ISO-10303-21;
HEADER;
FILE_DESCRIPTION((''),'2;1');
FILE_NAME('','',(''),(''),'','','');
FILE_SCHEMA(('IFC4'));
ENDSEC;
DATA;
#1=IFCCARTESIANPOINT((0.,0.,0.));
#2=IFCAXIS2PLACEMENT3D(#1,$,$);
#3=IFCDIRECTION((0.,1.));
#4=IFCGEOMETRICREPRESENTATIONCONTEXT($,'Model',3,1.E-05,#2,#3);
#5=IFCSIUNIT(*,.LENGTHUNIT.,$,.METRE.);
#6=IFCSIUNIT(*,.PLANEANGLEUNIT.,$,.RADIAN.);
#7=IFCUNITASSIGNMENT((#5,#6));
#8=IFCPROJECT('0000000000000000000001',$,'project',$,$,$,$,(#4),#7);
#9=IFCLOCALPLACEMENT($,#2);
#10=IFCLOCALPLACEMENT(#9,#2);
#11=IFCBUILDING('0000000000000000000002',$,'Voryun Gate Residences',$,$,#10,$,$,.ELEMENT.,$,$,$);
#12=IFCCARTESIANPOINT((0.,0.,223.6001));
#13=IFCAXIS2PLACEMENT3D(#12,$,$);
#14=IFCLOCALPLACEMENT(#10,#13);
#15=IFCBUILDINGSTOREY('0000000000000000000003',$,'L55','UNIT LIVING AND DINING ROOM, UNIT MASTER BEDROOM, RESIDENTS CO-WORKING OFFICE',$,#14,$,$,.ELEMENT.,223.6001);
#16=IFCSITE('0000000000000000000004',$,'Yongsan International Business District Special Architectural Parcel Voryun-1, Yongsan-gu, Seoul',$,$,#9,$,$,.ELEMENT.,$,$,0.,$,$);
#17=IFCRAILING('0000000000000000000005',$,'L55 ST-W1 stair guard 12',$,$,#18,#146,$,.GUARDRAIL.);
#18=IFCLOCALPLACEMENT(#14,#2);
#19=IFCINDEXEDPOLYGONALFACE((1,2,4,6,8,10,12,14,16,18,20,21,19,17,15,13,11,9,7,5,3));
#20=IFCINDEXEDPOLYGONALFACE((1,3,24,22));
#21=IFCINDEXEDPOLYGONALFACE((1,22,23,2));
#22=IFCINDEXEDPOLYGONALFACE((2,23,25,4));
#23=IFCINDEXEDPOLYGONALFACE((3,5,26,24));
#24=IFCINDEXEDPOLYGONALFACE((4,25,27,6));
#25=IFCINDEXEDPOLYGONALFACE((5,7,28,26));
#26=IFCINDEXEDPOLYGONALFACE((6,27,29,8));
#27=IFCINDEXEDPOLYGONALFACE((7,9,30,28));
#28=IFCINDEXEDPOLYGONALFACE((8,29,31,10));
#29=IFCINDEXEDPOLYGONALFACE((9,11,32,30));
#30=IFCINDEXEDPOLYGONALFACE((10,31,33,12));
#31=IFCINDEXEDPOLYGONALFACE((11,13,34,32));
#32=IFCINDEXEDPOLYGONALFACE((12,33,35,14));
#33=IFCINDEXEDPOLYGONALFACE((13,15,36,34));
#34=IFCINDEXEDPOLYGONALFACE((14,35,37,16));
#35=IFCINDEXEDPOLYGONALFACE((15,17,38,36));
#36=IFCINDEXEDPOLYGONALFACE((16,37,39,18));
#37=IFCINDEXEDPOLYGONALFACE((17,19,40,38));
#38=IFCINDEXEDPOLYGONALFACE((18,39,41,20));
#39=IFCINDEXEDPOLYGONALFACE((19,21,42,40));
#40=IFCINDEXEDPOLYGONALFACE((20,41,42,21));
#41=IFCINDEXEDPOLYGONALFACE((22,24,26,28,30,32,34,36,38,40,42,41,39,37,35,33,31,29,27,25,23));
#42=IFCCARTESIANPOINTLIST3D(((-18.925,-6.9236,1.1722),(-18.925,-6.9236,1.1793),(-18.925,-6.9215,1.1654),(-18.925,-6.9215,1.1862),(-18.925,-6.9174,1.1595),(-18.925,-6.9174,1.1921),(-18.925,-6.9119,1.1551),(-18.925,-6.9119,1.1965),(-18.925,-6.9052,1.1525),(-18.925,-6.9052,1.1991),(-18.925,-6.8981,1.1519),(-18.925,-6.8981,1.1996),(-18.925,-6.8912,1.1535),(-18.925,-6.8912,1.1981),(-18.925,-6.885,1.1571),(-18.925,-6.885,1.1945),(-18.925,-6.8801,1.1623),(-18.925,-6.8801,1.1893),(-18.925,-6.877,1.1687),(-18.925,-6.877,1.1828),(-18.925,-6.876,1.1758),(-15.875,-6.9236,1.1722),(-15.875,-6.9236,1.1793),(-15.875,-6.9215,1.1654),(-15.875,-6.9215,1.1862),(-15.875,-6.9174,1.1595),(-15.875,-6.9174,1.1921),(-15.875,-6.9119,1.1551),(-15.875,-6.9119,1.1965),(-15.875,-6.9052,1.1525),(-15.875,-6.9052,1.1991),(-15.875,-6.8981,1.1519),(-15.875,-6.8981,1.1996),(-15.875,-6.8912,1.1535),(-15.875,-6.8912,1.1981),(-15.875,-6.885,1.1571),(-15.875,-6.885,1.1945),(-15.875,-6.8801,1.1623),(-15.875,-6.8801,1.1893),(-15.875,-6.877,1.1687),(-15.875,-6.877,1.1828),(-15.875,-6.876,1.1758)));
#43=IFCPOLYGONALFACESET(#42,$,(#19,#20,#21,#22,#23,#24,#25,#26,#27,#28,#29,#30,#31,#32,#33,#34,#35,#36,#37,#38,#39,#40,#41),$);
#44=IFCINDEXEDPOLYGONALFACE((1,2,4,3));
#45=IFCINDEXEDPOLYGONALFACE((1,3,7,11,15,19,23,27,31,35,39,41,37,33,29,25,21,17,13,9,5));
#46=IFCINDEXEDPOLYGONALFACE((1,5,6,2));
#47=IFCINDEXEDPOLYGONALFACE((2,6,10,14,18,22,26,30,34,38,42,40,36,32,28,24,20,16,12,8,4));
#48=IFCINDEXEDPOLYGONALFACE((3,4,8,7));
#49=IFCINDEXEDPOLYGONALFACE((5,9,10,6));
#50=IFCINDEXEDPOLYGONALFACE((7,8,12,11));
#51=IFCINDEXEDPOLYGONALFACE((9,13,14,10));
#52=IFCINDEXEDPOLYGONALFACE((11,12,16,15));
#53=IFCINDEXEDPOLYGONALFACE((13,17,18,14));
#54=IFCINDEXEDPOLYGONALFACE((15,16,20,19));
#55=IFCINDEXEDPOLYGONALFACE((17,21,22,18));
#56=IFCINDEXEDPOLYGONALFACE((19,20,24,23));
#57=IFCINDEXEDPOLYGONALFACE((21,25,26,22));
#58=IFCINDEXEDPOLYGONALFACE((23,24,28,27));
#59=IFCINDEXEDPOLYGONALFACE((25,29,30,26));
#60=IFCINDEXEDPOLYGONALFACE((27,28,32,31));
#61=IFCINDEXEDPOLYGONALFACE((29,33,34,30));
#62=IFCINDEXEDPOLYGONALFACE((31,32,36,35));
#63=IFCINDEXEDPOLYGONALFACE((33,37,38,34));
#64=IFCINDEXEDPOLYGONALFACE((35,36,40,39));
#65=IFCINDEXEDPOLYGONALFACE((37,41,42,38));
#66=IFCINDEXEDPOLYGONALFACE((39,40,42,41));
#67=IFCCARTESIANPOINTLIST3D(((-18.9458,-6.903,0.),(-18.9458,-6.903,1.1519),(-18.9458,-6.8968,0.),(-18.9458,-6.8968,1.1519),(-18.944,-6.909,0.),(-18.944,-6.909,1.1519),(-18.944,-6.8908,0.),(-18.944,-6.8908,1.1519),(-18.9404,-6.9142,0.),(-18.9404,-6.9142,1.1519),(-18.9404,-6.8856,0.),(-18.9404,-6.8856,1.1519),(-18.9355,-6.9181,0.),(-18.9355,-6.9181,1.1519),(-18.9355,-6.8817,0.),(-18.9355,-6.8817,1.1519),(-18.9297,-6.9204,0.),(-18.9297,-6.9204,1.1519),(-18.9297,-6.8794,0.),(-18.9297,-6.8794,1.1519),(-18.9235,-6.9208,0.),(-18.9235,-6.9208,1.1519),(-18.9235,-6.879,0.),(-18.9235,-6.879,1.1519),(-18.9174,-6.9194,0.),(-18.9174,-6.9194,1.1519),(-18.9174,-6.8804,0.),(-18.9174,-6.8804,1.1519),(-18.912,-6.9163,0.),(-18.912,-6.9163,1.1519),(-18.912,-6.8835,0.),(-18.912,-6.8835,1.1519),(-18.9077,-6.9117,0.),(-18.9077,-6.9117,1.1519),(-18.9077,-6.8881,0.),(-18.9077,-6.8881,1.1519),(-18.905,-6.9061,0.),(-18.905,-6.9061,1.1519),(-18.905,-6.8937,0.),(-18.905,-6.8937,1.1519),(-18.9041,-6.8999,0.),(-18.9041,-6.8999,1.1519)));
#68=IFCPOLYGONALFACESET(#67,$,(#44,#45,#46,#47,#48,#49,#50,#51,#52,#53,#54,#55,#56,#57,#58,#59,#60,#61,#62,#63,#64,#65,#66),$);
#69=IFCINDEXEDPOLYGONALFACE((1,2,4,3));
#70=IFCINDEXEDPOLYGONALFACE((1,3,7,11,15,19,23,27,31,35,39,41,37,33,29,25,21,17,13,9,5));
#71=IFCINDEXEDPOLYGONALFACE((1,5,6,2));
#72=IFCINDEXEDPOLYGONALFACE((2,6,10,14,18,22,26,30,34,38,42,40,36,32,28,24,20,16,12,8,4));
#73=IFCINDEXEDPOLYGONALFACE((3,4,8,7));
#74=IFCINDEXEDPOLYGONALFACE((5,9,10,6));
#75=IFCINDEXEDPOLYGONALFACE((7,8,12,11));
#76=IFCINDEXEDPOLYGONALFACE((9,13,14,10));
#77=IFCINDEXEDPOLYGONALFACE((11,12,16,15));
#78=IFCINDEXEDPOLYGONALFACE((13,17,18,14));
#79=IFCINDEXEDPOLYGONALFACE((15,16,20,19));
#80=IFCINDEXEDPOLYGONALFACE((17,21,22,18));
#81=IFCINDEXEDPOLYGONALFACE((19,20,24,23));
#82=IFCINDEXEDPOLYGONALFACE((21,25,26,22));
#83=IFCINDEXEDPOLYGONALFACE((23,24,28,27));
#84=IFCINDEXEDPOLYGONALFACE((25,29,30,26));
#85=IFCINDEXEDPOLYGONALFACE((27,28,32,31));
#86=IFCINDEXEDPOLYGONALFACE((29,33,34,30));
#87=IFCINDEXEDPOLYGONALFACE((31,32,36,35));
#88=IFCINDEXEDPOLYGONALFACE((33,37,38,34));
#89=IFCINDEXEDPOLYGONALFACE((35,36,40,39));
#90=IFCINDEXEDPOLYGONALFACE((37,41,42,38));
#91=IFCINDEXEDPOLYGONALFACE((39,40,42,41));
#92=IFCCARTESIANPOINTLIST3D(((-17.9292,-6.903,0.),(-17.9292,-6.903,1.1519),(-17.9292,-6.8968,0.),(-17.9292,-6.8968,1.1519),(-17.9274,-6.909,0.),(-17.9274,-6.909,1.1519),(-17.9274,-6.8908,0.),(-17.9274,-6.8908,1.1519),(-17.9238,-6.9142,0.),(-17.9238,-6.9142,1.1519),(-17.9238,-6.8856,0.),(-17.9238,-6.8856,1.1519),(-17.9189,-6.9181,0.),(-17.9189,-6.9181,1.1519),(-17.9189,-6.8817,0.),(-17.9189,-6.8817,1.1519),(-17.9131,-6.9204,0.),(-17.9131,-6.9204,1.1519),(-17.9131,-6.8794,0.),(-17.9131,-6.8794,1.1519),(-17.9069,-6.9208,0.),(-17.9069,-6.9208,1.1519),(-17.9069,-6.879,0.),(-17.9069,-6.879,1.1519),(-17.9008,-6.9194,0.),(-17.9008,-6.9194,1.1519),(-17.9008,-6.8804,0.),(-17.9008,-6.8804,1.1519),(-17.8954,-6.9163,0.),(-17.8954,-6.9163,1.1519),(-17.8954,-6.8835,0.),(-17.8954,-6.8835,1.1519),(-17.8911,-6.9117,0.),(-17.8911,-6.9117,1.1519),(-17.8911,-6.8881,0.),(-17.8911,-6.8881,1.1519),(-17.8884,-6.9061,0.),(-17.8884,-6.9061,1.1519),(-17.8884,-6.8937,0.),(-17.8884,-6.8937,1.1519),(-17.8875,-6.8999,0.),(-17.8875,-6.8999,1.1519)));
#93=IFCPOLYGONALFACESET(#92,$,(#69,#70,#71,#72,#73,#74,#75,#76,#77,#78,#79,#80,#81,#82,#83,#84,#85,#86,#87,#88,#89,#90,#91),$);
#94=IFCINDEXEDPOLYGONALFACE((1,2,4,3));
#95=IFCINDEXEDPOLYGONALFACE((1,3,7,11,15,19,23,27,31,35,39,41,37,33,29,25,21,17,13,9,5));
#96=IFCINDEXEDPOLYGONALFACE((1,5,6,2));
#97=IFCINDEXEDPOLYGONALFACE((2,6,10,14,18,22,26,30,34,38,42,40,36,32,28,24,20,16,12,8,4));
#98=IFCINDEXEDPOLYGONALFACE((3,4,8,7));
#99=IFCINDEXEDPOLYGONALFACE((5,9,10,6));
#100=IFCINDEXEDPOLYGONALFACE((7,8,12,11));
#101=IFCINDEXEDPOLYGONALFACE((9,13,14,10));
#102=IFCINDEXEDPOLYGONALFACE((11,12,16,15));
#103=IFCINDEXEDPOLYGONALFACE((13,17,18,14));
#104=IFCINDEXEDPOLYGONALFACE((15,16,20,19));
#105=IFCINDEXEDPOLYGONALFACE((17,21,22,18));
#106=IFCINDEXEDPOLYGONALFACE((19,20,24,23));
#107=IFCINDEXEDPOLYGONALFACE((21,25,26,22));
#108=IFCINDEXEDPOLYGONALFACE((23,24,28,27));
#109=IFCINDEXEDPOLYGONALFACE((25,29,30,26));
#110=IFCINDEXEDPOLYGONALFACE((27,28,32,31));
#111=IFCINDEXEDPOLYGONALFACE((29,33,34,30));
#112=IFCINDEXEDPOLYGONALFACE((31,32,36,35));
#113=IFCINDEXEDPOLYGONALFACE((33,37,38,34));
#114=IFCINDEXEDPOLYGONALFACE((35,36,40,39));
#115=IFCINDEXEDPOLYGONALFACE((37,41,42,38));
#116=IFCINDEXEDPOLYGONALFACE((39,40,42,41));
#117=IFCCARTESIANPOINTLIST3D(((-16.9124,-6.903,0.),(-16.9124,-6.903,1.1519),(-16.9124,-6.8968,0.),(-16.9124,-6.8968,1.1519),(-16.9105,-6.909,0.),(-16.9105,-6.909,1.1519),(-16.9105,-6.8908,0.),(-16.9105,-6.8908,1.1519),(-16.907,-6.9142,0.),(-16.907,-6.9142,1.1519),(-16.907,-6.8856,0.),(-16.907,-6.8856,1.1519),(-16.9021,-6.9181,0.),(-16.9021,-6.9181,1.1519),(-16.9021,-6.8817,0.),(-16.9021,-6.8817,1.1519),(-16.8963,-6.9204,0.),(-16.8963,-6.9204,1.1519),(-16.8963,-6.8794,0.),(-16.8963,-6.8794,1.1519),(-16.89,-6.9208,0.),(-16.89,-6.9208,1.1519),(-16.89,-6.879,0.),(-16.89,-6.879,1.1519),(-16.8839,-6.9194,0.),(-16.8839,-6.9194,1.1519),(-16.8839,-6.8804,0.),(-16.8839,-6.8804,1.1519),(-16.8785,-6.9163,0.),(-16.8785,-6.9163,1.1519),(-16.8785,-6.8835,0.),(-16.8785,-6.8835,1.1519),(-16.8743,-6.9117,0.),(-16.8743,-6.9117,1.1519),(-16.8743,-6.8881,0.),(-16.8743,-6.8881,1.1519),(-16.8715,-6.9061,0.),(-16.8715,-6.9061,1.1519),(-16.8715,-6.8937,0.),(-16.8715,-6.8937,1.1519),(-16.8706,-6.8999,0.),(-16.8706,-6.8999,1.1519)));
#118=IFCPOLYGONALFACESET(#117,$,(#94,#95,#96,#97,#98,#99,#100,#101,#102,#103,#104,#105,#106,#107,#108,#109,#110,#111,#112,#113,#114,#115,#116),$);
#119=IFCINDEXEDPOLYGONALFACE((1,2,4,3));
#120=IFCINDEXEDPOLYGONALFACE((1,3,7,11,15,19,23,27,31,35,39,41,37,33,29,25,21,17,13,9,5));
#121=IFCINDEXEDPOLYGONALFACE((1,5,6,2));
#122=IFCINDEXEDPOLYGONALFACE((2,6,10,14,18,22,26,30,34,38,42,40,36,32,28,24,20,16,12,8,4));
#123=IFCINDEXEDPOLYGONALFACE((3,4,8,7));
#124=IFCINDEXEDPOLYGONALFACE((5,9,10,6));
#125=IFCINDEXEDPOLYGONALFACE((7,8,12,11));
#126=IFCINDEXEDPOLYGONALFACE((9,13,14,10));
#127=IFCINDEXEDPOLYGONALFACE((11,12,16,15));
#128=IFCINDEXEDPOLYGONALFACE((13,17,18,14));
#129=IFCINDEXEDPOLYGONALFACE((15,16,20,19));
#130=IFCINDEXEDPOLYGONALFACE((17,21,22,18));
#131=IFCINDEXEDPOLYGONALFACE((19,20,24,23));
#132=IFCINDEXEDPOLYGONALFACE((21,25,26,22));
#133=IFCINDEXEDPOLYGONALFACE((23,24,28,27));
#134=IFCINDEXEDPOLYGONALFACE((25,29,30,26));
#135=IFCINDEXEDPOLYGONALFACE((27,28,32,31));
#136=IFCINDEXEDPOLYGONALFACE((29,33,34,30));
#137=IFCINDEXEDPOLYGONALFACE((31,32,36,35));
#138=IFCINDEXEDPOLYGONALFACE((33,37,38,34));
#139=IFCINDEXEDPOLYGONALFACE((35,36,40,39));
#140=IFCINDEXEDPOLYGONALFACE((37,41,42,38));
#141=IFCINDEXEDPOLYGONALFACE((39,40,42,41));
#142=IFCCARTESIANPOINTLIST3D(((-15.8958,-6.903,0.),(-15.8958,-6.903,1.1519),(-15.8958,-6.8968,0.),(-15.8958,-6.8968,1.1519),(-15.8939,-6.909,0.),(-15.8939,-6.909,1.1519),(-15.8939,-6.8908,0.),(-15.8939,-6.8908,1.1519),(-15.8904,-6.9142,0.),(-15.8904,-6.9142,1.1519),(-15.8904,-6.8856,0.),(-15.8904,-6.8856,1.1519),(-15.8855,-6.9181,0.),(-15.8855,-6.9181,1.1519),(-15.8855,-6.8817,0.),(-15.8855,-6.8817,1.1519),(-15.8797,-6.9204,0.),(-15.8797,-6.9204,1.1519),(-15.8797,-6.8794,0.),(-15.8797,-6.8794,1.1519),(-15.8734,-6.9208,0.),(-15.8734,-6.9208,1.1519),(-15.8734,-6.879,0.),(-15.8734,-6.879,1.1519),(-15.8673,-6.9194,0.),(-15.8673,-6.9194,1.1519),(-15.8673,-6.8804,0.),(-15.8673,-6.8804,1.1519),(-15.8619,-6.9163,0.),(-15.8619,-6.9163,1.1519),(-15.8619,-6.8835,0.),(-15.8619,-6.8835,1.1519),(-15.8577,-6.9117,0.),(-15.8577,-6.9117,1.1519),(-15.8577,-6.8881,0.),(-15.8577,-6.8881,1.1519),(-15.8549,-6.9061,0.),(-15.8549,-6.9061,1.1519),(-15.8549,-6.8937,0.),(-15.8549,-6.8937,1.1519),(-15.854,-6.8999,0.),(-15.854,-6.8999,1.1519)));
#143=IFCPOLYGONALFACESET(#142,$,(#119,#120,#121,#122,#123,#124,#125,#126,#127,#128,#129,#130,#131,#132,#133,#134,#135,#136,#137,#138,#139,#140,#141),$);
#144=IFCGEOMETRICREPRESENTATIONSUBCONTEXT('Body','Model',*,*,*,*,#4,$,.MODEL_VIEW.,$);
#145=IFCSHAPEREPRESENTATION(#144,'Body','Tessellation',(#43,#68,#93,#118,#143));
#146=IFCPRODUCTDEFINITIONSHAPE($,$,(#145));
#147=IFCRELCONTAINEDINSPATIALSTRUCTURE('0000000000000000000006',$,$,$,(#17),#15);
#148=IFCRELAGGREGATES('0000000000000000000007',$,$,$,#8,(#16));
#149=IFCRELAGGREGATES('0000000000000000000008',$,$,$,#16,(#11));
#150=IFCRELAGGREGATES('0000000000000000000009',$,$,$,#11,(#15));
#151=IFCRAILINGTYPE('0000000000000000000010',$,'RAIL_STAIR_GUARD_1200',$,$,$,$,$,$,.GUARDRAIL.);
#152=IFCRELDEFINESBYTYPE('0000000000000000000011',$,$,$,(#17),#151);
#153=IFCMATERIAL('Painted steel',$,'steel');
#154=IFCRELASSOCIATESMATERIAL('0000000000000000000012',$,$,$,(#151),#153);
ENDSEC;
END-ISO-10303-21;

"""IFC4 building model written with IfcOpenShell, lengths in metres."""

from ifc_helpers import new_model, si_unit, direction, frame, origin, origin_2d, place, context, subcontext, project, spatial, circle, extrude, material, type_object, element, save


model = new_model("IFC4")

# Units and contexts
model_context = context("Model", 3, precision=1e-05, world=origin(), true_north=direction((0.0, 1.0)))
body_context = subcontext(model_context, "Body", "Model", "MODEL_VIEW")
ifc_project = project(units=[si_unit("LENGTHUNIT", "METRE"), si_unit("PLANEANGLEUNIT", "RADIAN")], contexts=[model_context])

# Site, building, storey
site_placement = place(None, origin())
site = spatial("IfcSite", under=ifc_project, at=site_placement, Name="Yongsan International Business District Special Architectural Parcel Voryun-1, Yongsan-gu, Seoul", CompositionType="ELEMENT", RefElevation=0.0)
building_placement = place(site_placement, origin())
building = spatial("IfcBuilding", under=site, at=building_placement, Name="Voryun Gate Residences", CompositionType="ELEMENT")
storey_placement = place(building_placement, frame((0.0, 0.0, 223.6001)))
storey = spatial("IfcBuildingStorey", under=building, at=storey_placement, Name="L55", Description="UNIT LIVING AND DINING ROOM, UNIT MASTER BEDROOM, RESIDENTS CO-WORKING OFFICE", CompositionType="ELEMENT", Elevation=223.6001)

# Railing
ifc_material_1 = material(Name="Painted steel", Category="steel")
railing_type_1 = type_object("IfcRailingType", Name="RAIL_STAIR_GUARD_1200", PredefinedType="GUARDRAIL", material=ifc_material_1)
railing_1_placement = place(storey_placement, frame((-18.925, -6.8999, 0.0)))
element("IfcRailing", 1, at=railing_1_placement, inside=storey, type_object=railing_type_1, Name="L55 ST-W1 stair guard 12", PredefinedType="GUARDRAIL", context=body_context, shape_type="SweptSolid", body=[
    extrude(circle(Radius=0.0239, at=origin_2d()), frame((0.0, 0.0, 1.1758), z_axis=(1.0, 0.0, 0.0), x_axis=(0.0, 1.0, 0.0)), (0.0, 0.0, 1.0), 3.05),
    extrude(circle(Radius=0.021, at=origin_2d()), origin(), (0.0, 0.0, 1.0), 1.1519),
    extrude(circle(Radius=0.021, at=origin_2d()), frame((1.0166, 0.0, 0.0)), (0.0, 0.0, 1.0), 1.1519),
    extrude(circle(Radius=0.021, at=origin_2d()), frame((2.0334, 0.0, 0.0)), (0.0, 0.0, 1.0), 1.1519),
    extrude(circle(Radius=0.021, at=origin_2d()), frame((3.05, 0.0, 0.0)), (0.0, 0.0, 1.0), 1.1519),
])

save(model, "model.ifc")
